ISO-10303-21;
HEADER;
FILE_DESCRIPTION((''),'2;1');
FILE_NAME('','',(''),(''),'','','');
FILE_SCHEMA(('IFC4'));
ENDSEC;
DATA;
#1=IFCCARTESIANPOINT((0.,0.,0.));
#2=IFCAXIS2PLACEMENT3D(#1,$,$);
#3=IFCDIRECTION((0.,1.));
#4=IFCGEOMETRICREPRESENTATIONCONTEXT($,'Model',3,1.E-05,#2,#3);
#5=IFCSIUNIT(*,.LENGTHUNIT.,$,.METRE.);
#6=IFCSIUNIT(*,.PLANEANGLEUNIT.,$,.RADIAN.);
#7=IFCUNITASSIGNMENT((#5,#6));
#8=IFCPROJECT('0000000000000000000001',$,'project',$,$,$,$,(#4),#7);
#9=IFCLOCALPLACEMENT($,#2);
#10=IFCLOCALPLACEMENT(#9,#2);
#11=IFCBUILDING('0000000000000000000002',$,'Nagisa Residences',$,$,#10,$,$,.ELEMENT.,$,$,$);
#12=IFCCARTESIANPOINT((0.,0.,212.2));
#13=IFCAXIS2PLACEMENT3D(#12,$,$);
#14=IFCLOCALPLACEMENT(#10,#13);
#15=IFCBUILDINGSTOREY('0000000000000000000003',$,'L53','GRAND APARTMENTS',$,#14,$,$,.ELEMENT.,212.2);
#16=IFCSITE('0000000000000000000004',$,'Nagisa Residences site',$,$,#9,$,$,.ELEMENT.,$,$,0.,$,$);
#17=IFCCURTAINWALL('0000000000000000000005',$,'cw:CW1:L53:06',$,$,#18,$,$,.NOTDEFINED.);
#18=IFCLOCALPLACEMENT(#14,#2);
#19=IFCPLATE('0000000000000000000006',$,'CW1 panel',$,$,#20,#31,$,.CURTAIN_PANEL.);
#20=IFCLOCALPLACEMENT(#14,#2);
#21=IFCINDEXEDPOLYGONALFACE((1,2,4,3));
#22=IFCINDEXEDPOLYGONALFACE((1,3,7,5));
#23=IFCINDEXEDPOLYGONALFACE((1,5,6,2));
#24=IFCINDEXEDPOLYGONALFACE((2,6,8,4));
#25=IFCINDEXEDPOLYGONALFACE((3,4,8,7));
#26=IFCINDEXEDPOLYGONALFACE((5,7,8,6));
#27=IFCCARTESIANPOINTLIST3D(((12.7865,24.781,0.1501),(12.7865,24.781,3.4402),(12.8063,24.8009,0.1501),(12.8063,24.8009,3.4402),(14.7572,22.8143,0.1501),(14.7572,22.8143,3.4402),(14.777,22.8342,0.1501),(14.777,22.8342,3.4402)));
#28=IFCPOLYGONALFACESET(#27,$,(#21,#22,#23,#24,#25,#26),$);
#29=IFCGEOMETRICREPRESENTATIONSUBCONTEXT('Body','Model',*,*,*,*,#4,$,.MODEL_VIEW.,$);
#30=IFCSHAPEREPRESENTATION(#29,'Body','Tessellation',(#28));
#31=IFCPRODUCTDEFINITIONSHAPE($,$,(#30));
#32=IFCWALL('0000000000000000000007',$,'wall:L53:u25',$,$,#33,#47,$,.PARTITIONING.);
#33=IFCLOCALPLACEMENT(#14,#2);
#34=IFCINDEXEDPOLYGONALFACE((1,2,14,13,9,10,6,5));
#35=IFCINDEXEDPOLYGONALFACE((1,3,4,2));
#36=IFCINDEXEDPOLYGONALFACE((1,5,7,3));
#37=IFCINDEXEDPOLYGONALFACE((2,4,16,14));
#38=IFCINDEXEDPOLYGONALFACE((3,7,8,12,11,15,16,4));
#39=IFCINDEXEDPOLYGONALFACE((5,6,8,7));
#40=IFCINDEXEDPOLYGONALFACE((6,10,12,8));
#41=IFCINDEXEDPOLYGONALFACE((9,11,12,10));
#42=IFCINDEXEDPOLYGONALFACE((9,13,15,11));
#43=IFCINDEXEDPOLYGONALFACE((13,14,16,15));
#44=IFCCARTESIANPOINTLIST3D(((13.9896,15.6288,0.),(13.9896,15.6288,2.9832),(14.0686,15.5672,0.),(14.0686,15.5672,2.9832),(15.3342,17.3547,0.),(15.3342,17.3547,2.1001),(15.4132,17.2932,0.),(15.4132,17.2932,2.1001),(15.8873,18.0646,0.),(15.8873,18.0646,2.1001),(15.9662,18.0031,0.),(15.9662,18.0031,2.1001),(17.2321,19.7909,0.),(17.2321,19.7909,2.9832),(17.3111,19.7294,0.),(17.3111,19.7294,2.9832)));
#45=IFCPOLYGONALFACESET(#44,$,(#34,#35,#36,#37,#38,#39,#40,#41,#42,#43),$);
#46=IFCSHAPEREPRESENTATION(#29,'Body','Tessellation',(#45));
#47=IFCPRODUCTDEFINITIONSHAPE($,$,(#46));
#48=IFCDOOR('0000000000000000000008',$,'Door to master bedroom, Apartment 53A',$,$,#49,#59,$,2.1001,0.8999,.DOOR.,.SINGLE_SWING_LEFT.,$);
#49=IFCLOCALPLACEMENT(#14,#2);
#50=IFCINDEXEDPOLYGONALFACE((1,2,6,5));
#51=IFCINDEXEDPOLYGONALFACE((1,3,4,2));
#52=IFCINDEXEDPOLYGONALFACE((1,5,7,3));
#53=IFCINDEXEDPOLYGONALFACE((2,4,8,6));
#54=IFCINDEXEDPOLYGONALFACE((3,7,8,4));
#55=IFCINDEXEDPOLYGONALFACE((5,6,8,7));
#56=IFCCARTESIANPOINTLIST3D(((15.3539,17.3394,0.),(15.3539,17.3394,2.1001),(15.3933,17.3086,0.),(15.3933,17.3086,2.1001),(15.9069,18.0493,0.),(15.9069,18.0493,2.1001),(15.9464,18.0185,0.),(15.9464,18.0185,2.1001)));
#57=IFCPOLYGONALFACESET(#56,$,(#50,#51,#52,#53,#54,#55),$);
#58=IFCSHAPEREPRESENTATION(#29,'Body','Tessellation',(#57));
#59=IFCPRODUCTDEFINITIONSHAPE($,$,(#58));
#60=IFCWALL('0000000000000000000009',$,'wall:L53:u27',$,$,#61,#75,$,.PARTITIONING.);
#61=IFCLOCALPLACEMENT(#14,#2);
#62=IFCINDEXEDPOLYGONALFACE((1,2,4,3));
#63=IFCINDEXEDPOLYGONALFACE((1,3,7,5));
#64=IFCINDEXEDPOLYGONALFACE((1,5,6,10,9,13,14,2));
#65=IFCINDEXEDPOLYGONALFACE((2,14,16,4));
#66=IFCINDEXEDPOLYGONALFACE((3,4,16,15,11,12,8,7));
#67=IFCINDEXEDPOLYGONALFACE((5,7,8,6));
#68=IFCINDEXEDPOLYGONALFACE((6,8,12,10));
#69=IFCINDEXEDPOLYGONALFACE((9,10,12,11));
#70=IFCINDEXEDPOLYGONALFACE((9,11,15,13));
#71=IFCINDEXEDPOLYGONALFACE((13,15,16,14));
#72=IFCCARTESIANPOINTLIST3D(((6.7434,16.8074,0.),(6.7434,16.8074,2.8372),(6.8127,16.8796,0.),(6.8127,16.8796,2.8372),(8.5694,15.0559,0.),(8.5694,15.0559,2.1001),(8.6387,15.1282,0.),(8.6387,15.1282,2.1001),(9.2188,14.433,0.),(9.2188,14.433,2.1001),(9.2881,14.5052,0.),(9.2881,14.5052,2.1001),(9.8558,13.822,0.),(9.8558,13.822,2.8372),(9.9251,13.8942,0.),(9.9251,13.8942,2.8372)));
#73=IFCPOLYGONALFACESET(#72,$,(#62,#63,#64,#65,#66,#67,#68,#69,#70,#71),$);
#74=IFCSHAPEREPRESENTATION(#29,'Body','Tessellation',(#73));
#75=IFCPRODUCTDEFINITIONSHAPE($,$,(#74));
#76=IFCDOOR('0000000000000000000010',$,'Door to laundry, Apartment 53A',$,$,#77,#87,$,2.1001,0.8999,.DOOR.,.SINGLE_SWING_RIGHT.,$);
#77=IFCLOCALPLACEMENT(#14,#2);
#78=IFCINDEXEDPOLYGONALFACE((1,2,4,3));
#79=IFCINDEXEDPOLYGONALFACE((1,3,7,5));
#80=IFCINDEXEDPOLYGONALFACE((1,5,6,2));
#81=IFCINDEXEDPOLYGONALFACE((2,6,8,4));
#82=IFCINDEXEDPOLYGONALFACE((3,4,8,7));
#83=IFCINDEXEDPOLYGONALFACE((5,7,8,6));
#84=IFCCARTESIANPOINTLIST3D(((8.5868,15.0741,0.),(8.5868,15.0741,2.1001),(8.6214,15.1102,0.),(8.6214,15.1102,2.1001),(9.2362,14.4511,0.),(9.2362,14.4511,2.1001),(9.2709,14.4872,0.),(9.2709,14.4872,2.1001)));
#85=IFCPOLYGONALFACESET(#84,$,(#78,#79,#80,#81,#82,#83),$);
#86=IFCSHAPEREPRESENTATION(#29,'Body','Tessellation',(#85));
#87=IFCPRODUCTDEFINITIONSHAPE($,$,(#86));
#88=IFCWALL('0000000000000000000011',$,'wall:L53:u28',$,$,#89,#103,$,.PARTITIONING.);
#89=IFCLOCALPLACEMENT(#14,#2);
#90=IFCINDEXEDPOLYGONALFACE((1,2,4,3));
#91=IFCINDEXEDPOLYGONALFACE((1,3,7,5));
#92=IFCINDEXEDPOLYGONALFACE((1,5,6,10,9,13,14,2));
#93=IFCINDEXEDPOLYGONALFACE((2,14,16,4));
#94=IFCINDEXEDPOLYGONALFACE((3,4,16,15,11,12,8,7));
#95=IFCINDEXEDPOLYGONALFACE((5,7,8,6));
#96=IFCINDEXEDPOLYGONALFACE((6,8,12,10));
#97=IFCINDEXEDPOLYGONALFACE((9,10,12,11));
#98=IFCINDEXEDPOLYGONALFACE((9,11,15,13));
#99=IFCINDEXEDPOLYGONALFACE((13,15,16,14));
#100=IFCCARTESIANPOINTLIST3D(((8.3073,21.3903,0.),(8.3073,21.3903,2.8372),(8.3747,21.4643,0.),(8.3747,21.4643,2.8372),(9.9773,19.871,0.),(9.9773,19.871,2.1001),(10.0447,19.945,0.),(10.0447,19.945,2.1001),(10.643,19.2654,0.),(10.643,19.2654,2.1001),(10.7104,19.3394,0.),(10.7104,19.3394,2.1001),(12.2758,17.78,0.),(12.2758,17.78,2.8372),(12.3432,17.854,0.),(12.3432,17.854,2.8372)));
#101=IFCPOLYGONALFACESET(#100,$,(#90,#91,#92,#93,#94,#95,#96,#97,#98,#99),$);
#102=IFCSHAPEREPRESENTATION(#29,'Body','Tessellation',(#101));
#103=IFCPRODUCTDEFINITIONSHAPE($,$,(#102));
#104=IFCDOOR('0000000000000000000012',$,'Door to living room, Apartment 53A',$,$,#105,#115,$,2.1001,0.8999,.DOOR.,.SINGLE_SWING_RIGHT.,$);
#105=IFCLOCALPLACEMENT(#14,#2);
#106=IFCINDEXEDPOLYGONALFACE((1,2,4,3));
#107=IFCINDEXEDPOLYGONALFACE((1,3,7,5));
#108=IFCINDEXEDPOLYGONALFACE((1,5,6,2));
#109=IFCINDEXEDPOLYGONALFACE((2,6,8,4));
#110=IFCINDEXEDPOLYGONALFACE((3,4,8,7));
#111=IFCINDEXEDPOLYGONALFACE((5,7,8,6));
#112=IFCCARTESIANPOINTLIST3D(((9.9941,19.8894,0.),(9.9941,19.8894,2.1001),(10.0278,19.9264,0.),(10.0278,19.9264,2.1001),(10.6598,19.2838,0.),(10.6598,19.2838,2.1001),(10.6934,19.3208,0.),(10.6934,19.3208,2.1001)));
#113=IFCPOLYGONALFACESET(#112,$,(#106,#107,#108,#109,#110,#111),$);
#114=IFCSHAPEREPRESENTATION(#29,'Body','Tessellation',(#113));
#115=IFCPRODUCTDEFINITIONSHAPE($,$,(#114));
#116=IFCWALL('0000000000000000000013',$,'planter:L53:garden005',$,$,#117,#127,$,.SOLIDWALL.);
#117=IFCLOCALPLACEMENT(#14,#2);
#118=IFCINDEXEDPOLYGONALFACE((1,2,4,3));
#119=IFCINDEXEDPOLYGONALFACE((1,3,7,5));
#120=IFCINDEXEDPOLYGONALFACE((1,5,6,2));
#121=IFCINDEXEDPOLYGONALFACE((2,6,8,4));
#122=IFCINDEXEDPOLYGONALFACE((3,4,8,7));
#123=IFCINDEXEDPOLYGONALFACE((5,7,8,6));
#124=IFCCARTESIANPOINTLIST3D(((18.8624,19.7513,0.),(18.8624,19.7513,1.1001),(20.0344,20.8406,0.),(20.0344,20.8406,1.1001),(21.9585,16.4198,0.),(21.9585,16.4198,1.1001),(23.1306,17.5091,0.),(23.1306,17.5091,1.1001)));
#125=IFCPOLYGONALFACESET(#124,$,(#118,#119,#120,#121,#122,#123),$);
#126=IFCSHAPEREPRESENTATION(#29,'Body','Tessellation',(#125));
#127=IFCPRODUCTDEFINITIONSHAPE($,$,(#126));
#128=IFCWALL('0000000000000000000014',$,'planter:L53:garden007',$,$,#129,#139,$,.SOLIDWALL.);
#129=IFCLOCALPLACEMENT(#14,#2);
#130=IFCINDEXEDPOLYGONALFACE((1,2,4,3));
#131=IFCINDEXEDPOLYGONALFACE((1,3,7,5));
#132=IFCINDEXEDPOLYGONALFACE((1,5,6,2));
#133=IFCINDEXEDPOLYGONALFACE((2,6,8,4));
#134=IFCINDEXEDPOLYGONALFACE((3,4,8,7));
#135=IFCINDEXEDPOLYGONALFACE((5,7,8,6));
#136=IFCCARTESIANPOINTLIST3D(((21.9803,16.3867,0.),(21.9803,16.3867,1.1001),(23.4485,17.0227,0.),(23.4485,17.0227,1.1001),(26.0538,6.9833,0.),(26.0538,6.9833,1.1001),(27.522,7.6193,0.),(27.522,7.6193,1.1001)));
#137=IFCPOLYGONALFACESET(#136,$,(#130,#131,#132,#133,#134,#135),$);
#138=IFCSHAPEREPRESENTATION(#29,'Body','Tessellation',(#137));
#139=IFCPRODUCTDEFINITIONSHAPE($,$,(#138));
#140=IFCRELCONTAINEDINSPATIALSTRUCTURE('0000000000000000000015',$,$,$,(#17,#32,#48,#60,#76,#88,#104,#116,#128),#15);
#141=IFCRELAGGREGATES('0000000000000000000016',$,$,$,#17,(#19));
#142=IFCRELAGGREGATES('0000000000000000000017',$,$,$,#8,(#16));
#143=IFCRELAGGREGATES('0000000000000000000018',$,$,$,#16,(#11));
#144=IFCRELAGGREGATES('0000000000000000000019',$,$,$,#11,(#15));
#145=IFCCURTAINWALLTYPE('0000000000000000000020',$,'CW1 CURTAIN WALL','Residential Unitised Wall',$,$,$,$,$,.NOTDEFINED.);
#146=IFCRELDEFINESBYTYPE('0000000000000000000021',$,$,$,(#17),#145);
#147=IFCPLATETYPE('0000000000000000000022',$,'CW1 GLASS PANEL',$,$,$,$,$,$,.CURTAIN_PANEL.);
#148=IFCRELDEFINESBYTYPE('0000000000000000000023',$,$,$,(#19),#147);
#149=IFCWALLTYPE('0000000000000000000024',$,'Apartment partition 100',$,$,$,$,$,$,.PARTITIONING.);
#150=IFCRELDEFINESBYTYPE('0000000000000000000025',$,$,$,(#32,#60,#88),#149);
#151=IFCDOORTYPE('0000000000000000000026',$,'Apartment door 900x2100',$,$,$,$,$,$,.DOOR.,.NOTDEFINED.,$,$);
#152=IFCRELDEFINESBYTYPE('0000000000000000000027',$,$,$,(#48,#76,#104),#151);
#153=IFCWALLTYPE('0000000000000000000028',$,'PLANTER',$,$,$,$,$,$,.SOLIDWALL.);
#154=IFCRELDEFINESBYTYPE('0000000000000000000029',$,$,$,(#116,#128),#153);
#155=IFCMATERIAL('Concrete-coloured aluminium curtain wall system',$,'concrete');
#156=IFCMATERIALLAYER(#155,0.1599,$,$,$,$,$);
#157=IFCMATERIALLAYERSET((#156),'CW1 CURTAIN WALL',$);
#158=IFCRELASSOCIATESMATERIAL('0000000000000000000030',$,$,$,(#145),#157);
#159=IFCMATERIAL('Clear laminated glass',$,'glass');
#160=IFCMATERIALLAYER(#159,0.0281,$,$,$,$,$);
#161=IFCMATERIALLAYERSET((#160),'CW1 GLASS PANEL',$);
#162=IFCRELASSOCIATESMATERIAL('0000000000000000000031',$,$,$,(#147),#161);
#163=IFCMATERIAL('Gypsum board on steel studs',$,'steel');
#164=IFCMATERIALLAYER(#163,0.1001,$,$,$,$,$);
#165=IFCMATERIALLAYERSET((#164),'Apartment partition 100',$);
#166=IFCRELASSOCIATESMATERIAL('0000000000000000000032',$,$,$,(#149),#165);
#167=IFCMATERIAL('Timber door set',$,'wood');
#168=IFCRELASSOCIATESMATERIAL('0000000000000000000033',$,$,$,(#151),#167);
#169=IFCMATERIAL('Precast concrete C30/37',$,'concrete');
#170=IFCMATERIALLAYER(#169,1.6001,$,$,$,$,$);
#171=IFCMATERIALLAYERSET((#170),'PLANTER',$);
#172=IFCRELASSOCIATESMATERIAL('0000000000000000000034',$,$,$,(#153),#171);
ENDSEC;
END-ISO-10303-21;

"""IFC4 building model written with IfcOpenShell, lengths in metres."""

from ifc_helpers import new_model, si_unit, direction, frame, frame_2d, origin, origin_2d, place, context, subcontext, project, spatial, rectangle, extrude, material, layer, layer_set, type_object, element, fill, aggregate, save


model = new_model("IFC4")

# Units and contexts
model_context = context("Model", 3, precision=1e-05, world=origin(), true_north=direction((0.0, 1.0)))
body_context = subcontext(model_context, "Body", "Model", "MODEL_VIEW")
ifc_project = project(units=[si_unit("LENGTHUNIT", "METRE"), si_unit("PLANEANGLEUNIT", "RADIAN")], contexts=[model_context])

# Site, building, storey
site_placement = place(None, origin())
site = spatial("IfcSite", under=ifc_project, at=site_placement, Name="Nagisa Residences site", CompositionType="ELEMENT", RefElevation=0.0)
building_placement = place(site_placement, origin())
building = spatial("IfcBuilding", under=site, at=building_placement, Name="Nagisa Residences", CompositionType="ELEMENT")
storey_placement = place(building_placement, frame((0.0, 0.0, 212.2)))
storey = spatial("IfcBuildingStorey", under=building, at=storey_placement, Name="L53", Description="GRAND APARTMENTS", CompositionType="ELEMENT", Elevation=212.2)

# Curtain wall
ifc_material_1 = material(Name="Concrete-coloured aluminium curtain wall system", Category="concrete")
ifc_layer_1 = layer(ifc_material_1, 0.1599)
ifc_layer_set_1 = layer_set([ifc_layer_1], Name="CW1 CURTAIN WALL")
curtain_wall_type = type_object("IfcCurtainWallType", Name="CW1 CURTAIN WALL", Description="Residential Unitised Wall", PredefinedType="NOTDEFINED", material=ifc_layer_set_1)
curtain_wall_1_placement = place(storey_placement, origin())
curtain_wall_1 = element("IfcCurtainWall", 1, at=curtain_wall_1_placement, inside=storey, type_object=curtain_wall_type, Name="cw:CW1:L53:06", PredefinedType="NOTDEFINED")

# Plate
ifc_material_2 = material(Name="Clear laminated glass", Category="glass")
ifc_layer_2 = layer(ifc_material_2, 0.0281)
ifc_layer_set_2 = layer_set([ifc_layer_2], Name="CW1 GLASS PANEL")
plate_type = type_object("IfcPlateType", Name="CW1 GLASS PANEL", PredefinedType="CURTAIN_PANEL", material=ifc_layer_set_2)
plate_1_placement = place(storey_placement, frame((13.7817, 23.8076, 0.1501), z_axis=(0.0, 0.0, 1.0), x_axis=(-0.707836, 0.706377, 0.0)))
plate_1 = element("IfcPlate", 2, at=plate_1_placement, type_object=plate_type, Name="CW1 panel", PredefinedType="CURTAIN_PANEL", context=body_context, shape_type="SweptSolid", body=[
    extrude(rectangle(XDim=2.7842, YDim=0.0281, at=origin_2d()), origin(), (0.0, 0.0, 1.0), 3.29),
])
aggregate(curtain_wall_1, [plate_1])

# Walls, openings, doors
ifc_material_3 = material(Name="Gypsum board on steel studs", Category="steel")
ifc_layer_3 = layer(ifc_material_3, 0.1001)
ifc_layer_set_3 = layer_set([ifc_layer_3], Name="Apartment partition 100")
wall_type_1 = type_object("IfcWallType", Name="Apartment partition 100", PredefinedType="PARTITIONING", material=ifc_layer_set_3)
wall_1_placement = place(storey_placement, frame((14.0291, 15.5979, 0.0), z_axis=(0.0, 0.0, 1.0), x_axis=(0.614559, 0.788871, 0.0)))
wall_1 = element("IfcWall", 3, at=wall_1_placement, inside=storey, type_object=wall_type_1, Name="wall:L53:u25", PredefinedType="PARTITIONING", context=body_context, shape_type="SweptSolid", body=[
    extrude(rectangle(XDim=5.2761, YDim=0.1001, at=frame_2d((2.6382, 0.0))), origin(), (0.0, 0.0, 1.0), 2.9832),
])
opening_1_placement = place(wall_1_placement, frame((2.188, 0.0, 0.0)))
opening_1 = element("IfcOpeningElement", 4, at=opening_1_placement, cuts=wall_1, PredefinedType="OPENING", context=body_context, shape_type="SweptSolid", body=[
    extrude(rectangle(XDim=0.8999, YDim=2.1001, at=frame_2d((0.45, 1.05))), frame((0.0, 0.0601, 0.0), z_axis=(0.0, -1.0, 0.0), x_axis=(1.0, 0.0, 0.0)), (0.0, 0.0, 1.0), 0.1201),
])
ifc_material_4 = material(Name="Timber door set", Category="wood")
door_type_1 = type_object("IfcDoorType", Name="Apartment door 900x2100", OperationType="NOTDEFINED", PredefinedType="DOOR", material=ifc_material_4)
door_1_placement = place(opening_1_placement, frame((0.8999, 0.0, 0.0), x_axis=(-1.0, 0.0, 0.0)))
door_1 = element("IfcDoor", 5, at=door_1_placement, inside=storey, type_object=door_type_1, Name="Door to master bedroom, Apartment 53A", OperationType="SINGLE_SWING_LEFT", OverallHeight=2.1001, OverallWidth=0.8999, PredefinedType="DOOR", context=body_context, shape_type="SweptSolid", body=[
    extrude(rectangle(XDim=0.8999, YDim=2.1001, at=frame_2d((0.45, 1.05))), frame((0.0, 0.0249, 0.0), z_axis=(0.0, -1.0, 0.0), x_axis=(1.0, 0.0, 0.0)), (0.0, 0.0, 1.0), 0.05),
])
fill(opening_1, door_1)
wall_2_placement = place(storey_placement, frame((9.8904, 13.8582, 0.0), z_axis=(0.0, 0.0, 1.0), x_axis=(-0.721672, 0.692235, 0.0)))
wall_2 = element("IfcWall", 6, at=wall_2_placement, inside=storey, type_object=wall_type_1, Name="wall:L53:u27", PredefinedType="PARTITIONING", context=body_context, shape_type="SweptSolid", body=[
    extrude(rectangle(XDim=4.3127, YDim=0.1001, at=frame_2d((2.1562, 0.0))), origin(), (0.0, 0.0, 1.0), 2.8372),
])
opening_2_placement = place(wall_2_placement, frame((0.8826, 0.0, 0.0)))
opening_2 = element("IfcOpeningElement", 7, at=opening_2_placement, cuts=wall_2, PredefinedType="OPENING", context=body_context, shape_type="SweptSolid", body=[
    extrude(rectangle(XDim=0.8999, YDim=2.1001, at=frame_2d((0.45, 1.05))), frame((0.0, 0.0601, 0.0), z_axis=(0.0, -1.0, 0.0), x_axis=(1.0, 0.0, 0.0)), (0.0, 0.0, 1.0), 0.1201),
])
door_2_placement = place(opening_2_placement, origin())
door_2 = element("IfcDoor", 8, at=door_2_placement, inside=storey, type_object=door_type_1, Name="Door to laundry, Apartment 53A", OperationType="SINGLE_SWING_RIGHT", OverallHeight=2.1001, OverallWidth=0.8999, PredefinedType="DOOR", context=body_context, shape_type="SweptSolid", body=[
    extrude(rectangle(XDim=0.8999, YDim=2.1001, at=frame_2d((0.45, 1.05))), frame((0.0, 0.0249, 0.0), z_axis=(0.0, -1.0, 0.0), x_axis=(1.0, 0.0, 0.0)), (0.0, 0.0, 1.0), 0.05),
])
fill(opening_2, door_2)
wall_3_placement = place(storey_placement, frame((12.3096, 17.8169, 0.0), z_axis=(0.0, 0.0, 1.0), x_axis=(-0.739697, 0.67294, 0.0)))
wall_3 = element("IfcWall", 9, at=wall_3_placement, inside=storey, type_object=wall_type_1, Name="wall:L53:u28", PredefinedType="PARTITIONING", context=body_context, shape_type="SweptSolid", body=[
    extrude(rectangle(XDim=5.365, YDim=0.1001, at=frame_2d((2.6826, 0.0))), origin(), (0.0, 0.0, 1.0), 2.8372),
])
opening_3_placement = place(wall_3_placement, frame((2.2075, 0.0, 0.0)))
opening_3 = element("IfcOpeningElement", 10, at=opening_3_placement, cuts=wall_3, PredefinedType="OPENING", context=body_context, shape_type="SweptSolid", body=[
    extrude(rectangle(XDim=0.8999, YDim=2.1001, at=frame_2d((0.45, 1.05))), frame((0.0, 0.0601, 0.0), z_axis=(0.0, -1.0, 0.0), x_axis=(1.0, 0.0, 0.0)), (0.0, 0.0, 1.0), 0.1201),
])
door_3_placement = place(opening_3_placement, frame((0.8999, 0.0, 0.0), x_axis=(-1.0, 0.0, 0.0)))
door_3 = element("IfcDoor", 11, at=door_3_placement, inside=storey, type_object=door_type_1, Name="Door to living room, Apartment 53A", OperationType="SINGLE_SWING_RIGHT", OverallHeight=2.1001, OverallWidth=0.8999, PredefinedType="DOOR", context=body_context, shape_type="SweptSolid", body=[
    extrude(rectangle(XDim=0.8999, YDim=2.1001, at=frame_2d((0.45, 1.05))), frame((0.0, 0.0249, 0.0), z_axis=(0.0, -1.0, 0.0), x_axis=(1.0, 0.0, 0.0)), (0.0, 0.0, 1.0), 0.05),
])
fill(opening_3, door_3)

# Walls
ifc_material_5 = material(Name="Precast concrete C30/37", Category="concrete")
ifc_layer_4 = layer(ifc_material_5, 1.6001)
ifc_layer_set_4 = layer_set([ifc_layer_4], Name="PLANTER")
wall_type_2 = type_object("IfcWallType", Name="PLANTER", PredefinedType="SOLIDWALL", material=ifc_layer_set_4)
wall_4_placement = place(storey_placement, frame((19.4485, 20.2959, 0.0), z_axis=(0.0, 0.0, 1.0), x_axis=(0.68076, -0.732507, 0.0)))
element("IfcWall", 12, at=wall_4_placement, inside=storey, type_object=wall_type_2, Name="planter:L53:garden005", PredefinedType="SOLIDWALL", context=body_context, shape_type="SweptSolid", body=[
    extrude(rectangle(XDim=4.5481, YDim=1.6001, at=frame_2d((2.2739, 0.0))), origin(), (0.0, 0.0, 1.0), 1.1001),
])
wall_5_placement = place(storey_placement, frame((22.7144, 16.7048, 0.0), z_axis=(0.0, 0.0, 1.0), x_axis=(0.397502, -0.917601, 0.0)))
element("IfcWall", 13, at=wall_5_placement, inside=storey, type_object=wall_type_2, Name="planter:L53:garden007", PredefinedType="SOLIDWALL", context=body_context, shape_type="SweptSolid", body=[
    extrude(rectangle(XDim=10.2478, YDim=1.6001, at=frame_2d((5.124, 0.0))), origin(), (0.0, 0.0, 1.0), 1.1001),
])

save(model, "model.ifc")
